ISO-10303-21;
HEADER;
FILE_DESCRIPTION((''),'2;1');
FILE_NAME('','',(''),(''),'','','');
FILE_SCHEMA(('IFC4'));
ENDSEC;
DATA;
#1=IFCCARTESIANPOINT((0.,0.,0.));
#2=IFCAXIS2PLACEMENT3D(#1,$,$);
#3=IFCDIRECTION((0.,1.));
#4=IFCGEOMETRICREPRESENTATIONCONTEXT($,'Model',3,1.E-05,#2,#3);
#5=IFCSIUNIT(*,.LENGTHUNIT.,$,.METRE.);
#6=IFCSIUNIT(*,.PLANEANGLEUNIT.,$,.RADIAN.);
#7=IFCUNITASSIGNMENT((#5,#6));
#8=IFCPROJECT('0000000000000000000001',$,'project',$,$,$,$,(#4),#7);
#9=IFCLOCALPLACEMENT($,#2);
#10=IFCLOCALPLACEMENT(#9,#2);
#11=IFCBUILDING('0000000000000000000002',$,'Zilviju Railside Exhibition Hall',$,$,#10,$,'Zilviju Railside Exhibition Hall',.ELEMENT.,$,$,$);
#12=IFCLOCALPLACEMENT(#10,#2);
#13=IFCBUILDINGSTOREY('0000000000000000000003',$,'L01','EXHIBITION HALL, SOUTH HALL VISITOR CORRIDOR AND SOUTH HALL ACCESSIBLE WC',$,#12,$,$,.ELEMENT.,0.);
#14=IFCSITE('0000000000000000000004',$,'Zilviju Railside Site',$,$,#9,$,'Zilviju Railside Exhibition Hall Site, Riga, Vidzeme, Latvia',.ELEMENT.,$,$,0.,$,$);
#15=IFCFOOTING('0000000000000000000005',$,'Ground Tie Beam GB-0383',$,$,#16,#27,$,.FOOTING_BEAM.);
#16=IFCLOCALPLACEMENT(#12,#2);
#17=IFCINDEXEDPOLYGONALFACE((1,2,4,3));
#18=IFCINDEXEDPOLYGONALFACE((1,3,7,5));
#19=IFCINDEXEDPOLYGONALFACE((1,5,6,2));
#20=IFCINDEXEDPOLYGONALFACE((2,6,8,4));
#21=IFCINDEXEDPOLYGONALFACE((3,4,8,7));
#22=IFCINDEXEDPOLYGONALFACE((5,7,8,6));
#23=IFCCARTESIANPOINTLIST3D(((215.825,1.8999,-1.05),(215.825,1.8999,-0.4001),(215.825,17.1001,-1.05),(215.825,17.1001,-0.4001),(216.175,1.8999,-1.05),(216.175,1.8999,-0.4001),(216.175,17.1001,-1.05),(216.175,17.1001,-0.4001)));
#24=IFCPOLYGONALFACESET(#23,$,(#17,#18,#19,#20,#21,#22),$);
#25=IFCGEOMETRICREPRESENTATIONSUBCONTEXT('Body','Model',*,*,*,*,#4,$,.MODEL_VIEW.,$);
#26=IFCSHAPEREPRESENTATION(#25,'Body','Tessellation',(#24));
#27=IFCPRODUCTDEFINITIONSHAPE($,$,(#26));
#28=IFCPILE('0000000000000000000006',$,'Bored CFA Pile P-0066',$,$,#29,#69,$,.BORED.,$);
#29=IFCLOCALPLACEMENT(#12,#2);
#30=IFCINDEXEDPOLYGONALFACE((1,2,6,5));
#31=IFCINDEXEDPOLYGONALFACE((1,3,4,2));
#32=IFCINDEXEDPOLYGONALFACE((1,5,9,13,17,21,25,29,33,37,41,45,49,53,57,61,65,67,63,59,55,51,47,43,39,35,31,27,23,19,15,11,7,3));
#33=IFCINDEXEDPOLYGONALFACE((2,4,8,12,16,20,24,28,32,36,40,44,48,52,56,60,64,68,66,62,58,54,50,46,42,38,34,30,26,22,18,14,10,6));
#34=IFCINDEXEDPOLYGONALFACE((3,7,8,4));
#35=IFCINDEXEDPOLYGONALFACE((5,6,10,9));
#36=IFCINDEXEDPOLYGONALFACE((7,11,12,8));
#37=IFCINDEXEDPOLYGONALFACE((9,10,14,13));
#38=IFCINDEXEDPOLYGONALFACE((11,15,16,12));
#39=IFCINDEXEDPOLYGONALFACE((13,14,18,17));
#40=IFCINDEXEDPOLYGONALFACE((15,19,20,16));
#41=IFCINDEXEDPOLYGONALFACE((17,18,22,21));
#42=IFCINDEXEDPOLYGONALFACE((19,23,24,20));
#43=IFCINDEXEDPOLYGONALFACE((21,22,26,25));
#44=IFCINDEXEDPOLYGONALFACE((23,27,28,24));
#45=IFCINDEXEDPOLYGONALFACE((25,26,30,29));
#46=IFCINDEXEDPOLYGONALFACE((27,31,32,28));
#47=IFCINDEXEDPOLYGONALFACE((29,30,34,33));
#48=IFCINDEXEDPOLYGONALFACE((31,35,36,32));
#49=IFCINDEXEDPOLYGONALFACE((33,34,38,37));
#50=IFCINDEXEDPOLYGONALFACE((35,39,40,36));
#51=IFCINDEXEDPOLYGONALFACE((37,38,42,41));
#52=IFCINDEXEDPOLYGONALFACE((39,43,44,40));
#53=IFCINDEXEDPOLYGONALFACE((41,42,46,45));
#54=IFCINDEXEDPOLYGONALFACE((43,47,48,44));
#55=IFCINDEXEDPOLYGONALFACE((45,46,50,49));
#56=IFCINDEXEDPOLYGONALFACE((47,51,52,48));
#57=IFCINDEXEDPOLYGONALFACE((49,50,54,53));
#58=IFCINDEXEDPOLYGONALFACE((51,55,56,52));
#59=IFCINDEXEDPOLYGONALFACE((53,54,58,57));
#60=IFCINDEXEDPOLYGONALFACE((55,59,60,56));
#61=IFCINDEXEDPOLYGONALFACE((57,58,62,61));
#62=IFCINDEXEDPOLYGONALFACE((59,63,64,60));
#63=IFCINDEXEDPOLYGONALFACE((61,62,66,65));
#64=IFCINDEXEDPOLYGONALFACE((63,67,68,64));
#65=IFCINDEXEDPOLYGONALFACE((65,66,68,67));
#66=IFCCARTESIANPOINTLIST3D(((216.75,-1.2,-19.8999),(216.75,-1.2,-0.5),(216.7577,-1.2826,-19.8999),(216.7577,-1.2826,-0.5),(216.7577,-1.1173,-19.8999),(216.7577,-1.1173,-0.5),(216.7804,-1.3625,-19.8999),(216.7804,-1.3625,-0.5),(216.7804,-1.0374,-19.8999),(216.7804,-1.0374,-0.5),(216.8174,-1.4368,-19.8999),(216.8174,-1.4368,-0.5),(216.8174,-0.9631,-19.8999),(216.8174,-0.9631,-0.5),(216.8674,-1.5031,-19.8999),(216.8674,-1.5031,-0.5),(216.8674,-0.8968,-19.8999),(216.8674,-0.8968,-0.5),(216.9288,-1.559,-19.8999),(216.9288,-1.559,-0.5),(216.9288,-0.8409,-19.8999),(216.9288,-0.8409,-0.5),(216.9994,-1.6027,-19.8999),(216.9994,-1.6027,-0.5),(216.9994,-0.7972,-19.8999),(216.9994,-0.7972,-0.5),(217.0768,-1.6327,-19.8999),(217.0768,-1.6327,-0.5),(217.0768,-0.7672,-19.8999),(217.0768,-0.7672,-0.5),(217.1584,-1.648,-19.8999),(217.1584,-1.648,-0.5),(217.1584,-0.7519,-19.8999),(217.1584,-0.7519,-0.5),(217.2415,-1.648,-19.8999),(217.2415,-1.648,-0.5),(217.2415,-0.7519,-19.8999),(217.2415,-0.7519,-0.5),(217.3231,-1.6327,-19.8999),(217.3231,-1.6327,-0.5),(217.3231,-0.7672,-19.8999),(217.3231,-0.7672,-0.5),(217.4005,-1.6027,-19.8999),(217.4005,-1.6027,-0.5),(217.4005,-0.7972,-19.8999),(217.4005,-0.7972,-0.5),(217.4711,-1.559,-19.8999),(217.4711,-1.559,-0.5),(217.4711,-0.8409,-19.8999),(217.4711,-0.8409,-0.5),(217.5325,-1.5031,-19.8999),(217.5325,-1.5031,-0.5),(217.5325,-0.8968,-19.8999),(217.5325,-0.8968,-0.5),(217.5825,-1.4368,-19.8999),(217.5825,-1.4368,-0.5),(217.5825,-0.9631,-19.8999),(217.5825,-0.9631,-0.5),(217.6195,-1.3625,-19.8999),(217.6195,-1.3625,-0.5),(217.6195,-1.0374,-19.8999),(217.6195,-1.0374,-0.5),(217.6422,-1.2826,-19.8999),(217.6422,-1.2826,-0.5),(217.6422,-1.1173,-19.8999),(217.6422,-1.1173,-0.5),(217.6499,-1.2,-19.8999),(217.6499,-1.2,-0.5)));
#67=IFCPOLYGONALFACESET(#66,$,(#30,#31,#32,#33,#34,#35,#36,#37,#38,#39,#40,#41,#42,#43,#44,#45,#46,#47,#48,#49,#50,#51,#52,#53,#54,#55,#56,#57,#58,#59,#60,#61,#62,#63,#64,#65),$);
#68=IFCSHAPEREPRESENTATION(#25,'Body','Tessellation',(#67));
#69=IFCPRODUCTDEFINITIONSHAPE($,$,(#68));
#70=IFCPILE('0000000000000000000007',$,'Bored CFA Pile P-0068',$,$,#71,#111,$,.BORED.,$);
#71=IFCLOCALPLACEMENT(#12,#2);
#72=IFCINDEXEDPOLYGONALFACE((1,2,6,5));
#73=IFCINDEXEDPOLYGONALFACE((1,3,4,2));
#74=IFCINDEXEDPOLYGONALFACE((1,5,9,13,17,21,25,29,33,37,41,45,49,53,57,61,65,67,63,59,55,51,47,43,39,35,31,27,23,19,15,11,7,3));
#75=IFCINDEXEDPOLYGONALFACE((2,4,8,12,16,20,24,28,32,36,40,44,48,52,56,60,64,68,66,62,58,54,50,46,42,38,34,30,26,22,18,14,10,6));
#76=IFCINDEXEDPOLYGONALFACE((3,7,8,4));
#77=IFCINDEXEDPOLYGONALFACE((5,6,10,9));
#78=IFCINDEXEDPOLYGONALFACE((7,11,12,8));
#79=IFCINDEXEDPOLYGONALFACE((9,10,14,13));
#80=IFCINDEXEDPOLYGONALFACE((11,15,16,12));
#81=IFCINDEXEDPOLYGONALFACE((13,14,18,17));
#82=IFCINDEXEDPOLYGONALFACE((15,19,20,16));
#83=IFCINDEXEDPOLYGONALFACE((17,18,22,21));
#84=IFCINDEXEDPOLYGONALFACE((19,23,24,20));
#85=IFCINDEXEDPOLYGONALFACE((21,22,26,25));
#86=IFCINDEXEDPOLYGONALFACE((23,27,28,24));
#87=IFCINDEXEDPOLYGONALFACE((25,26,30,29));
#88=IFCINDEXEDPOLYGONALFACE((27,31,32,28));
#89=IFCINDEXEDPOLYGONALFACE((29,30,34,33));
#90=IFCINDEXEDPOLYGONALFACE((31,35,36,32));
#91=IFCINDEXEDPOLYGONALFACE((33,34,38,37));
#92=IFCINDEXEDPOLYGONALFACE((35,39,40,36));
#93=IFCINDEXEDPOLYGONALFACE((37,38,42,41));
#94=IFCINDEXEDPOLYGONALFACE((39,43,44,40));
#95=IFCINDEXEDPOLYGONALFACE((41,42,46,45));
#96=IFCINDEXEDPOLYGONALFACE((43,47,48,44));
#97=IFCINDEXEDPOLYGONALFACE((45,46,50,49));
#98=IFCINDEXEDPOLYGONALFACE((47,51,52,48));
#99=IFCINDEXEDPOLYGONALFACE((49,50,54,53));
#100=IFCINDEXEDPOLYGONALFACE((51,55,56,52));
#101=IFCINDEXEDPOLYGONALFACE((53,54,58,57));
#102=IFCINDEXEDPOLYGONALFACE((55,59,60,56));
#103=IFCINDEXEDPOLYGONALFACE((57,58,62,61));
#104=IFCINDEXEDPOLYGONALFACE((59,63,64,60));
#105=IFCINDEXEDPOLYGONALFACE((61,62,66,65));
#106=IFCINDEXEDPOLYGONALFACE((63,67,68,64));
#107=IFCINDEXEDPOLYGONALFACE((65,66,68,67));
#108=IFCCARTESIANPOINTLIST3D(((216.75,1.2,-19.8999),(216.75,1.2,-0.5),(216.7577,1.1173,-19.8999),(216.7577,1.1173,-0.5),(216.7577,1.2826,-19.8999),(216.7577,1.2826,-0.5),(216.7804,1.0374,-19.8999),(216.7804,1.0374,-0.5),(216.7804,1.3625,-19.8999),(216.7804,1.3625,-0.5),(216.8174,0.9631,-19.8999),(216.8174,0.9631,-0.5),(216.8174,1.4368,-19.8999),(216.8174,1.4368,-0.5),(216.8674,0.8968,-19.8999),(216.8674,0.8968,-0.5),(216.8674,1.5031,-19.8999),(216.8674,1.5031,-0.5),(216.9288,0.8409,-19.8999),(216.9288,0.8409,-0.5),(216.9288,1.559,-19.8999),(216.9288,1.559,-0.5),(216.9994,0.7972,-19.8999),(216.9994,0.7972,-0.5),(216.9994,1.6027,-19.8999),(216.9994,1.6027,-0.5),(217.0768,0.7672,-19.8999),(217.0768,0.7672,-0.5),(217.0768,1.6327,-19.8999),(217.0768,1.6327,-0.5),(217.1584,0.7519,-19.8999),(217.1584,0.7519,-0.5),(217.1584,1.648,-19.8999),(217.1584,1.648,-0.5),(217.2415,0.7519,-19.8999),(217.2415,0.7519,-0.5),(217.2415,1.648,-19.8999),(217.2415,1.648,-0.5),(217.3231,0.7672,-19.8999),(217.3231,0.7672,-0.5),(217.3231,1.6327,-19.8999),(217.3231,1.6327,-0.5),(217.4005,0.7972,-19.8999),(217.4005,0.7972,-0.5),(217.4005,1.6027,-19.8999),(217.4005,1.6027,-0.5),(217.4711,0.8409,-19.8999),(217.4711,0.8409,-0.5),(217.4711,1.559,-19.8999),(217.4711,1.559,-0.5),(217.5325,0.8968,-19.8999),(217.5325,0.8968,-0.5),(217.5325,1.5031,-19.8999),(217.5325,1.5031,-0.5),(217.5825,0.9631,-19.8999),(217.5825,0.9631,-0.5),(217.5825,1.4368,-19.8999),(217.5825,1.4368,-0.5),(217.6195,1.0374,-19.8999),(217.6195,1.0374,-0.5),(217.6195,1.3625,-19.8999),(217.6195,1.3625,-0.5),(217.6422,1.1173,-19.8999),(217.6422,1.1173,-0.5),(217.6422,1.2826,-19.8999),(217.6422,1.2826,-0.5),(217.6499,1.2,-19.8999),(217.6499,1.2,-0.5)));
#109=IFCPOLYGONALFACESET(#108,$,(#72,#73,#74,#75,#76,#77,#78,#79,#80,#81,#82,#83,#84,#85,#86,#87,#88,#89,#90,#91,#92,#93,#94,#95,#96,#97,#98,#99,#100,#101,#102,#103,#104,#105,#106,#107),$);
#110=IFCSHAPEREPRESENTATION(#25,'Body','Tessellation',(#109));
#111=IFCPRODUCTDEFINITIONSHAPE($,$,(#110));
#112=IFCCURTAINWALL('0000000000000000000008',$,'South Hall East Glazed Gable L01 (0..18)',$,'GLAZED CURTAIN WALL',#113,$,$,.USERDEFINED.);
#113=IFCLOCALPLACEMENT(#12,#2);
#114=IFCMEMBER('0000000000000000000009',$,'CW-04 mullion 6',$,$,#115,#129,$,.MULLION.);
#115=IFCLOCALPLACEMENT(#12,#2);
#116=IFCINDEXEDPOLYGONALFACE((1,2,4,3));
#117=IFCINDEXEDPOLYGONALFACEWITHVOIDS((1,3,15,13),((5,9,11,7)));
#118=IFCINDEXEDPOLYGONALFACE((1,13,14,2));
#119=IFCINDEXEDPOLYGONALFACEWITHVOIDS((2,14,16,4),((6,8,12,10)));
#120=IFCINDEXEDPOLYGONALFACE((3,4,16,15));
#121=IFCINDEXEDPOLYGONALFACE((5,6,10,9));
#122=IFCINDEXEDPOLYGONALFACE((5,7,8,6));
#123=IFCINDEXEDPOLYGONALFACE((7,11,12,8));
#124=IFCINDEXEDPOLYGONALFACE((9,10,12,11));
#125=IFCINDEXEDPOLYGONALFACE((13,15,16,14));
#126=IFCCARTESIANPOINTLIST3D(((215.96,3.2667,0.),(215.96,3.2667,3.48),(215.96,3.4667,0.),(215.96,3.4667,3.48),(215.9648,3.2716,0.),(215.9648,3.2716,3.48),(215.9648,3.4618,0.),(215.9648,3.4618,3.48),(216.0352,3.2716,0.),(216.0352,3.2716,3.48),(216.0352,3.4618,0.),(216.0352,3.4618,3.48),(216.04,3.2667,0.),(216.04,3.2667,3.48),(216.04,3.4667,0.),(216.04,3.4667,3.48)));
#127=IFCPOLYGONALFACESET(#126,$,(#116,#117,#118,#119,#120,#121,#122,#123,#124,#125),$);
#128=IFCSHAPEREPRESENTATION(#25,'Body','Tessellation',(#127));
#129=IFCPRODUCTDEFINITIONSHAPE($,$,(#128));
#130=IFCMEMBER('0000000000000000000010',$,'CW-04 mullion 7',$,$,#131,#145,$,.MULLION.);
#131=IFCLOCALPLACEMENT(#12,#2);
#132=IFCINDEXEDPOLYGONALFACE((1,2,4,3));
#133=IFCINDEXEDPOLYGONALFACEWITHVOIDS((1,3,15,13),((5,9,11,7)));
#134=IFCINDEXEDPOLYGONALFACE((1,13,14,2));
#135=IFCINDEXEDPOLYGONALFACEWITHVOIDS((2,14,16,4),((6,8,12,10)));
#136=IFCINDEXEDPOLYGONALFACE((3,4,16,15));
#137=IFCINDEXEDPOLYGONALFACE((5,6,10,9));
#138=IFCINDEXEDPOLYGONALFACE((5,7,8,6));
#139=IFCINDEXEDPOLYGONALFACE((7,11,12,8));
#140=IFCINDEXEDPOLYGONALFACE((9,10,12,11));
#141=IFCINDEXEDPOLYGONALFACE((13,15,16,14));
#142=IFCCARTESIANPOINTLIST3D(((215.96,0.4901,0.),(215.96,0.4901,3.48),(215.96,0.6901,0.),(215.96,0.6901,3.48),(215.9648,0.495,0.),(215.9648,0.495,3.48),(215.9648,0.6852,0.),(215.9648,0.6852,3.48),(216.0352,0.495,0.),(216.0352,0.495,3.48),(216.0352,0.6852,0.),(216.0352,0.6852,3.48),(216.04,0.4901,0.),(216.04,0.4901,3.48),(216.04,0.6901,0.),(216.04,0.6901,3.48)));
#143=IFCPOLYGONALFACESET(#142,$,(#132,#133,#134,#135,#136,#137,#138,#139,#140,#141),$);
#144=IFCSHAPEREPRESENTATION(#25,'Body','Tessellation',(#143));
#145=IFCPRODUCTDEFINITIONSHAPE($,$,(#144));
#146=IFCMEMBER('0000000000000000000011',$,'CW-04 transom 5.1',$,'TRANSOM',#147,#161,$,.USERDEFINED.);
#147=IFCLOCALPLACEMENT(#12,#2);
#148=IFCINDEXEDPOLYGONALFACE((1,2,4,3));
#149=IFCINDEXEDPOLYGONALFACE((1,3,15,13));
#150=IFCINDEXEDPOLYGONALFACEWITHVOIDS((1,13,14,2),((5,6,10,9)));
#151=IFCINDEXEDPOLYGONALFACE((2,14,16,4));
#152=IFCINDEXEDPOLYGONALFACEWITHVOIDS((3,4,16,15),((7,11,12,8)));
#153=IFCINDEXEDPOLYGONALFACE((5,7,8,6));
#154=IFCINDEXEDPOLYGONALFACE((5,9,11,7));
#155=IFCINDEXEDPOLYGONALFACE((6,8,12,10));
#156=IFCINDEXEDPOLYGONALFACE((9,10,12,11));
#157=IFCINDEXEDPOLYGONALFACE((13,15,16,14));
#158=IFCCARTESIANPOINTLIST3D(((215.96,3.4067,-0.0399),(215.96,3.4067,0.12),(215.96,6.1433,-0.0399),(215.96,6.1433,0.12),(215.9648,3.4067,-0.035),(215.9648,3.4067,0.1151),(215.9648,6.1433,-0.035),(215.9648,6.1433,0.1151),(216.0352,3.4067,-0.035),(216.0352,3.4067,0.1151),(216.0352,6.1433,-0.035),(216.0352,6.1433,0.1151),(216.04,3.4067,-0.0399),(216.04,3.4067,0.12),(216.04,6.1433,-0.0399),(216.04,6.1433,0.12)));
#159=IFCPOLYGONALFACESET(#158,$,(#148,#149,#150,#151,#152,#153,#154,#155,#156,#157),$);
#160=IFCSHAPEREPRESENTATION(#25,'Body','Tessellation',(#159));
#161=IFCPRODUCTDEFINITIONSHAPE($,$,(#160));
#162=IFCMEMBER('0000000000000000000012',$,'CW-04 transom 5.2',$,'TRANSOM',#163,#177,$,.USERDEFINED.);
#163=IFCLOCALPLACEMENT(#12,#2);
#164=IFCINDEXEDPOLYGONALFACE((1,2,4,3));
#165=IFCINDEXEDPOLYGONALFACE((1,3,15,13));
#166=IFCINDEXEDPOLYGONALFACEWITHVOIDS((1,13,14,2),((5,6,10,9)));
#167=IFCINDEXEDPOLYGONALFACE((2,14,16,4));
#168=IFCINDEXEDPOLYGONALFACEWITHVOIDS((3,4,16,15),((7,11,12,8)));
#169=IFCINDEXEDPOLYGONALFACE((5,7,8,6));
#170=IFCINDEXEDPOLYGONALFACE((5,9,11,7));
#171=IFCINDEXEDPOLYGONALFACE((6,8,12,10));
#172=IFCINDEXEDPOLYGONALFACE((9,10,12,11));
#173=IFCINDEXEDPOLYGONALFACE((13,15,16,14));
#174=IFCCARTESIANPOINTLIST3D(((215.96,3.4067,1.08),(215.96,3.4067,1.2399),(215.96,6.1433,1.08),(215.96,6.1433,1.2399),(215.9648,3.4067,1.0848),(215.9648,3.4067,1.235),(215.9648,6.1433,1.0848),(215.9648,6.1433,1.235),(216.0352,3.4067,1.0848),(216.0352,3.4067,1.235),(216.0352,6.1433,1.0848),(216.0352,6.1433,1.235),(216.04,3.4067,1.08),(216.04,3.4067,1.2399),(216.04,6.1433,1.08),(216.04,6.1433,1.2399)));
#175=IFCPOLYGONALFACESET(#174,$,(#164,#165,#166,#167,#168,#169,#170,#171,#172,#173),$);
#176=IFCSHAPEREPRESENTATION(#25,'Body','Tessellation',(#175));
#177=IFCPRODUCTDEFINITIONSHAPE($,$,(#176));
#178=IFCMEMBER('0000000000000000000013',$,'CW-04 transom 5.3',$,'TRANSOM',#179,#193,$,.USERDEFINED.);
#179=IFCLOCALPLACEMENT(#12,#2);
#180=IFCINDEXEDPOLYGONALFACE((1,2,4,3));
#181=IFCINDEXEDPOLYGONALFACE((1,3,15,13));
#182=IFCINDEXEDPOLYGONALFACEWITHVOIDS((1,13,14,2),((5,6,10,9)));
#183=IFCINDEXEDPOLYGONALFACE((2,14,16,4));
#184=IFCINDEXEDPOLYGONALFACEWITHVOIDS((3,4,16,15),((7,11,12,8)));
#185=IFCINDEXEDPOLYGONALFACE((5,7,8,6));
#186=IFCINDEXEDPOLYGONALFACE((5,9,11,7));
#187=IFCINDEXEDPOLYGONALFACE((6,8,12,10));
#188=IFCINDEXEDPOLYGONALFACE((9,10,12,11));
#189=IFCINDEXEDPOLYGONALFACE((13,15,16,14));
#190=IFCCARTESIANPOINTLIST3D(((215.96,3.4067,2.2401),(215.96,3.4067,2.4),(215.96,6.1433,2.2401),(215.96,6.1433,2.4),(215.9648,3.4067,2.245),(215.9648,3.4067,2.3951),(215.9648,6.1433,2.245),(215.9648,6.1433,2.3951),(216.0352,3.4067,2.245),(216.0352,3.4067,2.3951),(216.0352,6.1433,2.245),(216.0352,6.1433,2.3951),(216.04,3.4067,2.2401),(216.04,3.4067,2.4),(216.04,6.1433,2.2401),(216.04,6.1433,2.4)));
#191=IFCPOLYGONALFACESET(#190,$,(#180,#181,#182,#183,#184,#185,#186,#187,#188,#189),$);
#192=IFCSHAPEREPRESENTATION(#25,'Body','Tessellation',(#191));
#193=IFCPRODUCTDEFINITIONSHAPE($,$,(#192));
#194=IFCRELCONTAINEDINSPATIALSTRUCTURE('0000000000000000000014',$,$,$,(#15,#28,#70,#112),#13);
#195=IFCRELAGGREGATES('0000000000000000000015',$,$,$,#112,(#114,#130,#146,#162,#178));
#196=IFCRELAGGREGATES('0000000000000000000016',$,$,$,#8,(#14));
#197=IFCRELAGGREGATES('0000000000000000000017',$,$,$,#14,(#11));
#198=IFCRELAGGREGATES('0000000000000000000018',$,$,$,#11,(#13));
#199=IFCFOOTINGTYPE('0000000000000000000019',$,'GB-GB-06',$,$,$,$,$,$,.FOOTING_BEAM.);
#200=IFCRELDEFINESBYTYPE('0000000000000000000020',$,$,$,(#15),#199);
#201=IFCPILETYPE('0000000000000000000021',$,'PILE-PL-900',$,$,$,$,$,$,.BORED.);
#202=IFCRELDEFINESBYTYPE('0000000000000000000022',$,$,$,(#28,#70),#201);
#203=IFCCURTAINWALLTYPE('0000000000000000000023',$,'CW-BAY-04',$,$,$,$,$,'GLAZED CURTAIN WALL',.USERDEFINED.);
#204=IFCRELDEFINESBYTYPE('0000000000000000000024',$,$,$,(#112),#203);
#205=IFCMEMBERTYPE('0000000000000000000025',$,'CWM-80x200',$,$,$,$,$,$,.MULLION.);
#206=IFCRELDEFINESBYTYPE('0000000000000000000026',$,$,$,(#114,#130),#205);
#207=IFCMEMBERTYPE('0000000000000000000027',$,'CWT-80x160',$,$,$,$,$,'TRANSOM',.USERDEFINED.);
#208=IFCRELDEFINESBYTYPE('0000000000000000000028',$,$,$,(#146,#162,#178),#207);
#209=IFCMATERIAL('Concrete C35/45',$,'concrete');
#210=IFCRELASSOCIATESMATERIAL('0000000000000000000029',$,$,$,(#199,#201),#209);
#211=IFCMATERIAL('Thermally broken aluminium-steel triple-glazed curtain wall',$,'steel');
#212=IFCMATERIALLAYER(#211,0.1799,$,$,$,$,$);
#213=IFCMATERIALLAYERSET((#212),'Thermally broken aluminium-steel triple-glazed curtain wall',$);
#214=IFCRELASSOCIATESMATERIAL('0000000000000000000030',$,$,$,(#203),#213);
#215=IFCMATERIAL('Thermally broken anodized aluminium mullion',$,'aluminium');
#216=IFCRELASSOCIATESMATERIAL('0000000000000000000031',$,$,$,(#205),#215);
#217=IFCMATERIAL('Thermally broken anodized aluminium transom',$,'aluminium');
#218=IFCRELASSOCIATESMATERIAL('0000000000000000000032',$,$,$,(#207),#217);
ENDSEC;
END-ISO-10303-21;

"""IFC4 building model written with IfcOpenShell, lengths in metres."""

from ifc_helpers import new_model, si_unit, direction, frame, origin, origin_2d, place, context, subcontext, project, spatial, rectangle, hollow_rectangle, circle, extrude, material, layer, layer_set, material_profile, profile_set, type_object, element, aggregate, save


model = new_model("IFC4")

# Units and contexts
model_context = context("Model", 3, precision=1e-05, world=origin(), true_north=direction((0.0, 1.0)))
body_context = subcontext(model_context, "Body", "Model", "MODEL_VIEW")
ifc_project = project(units=[si_unit("LENGTHUNIT", "METRE"), si_unit("PLANEANGLEUNIT", "RADIAN")], contexts=[model_context])

# Site, building, storey
site_placement = place(None, origin())
site = spatial("IfcSite", under=ifc_project, at=site_placement, Name="Zilviju Railside Site", LongName="Zilviju Railside Exhibition Hall Site, Riga, Vidzeme, Latvia", CompositionType="ELEMENT", RefElevation=0.0)
building_placement = place(site_placement, origin())
building = spatial("IfcBuilding", under=site, at=building_placement, Name="Zilviju Railside Exhibition Hall", LongName="Zilviju Railside Exhibition Hall", CompositionType="ELEMENT")
storey_placement = place(building_placement, origin())
storey = spatial("IfcBuildingStorey", under=building, at=storey_placement, Name="L01", Description="EXHIBITION HALL, SOUTH HALL VISITOR CORRIDOR AND SOUTH HALL ACCESSIBLE WC", CompositionType="ELEMENT", Elevation=0.0)

# Footing
ifc_material_1 = material(Name="Concrete C35/45", Category="concrete")
ifc_material_profile_1 = material_profile(ifc_material_1, rectangle(XDim=0.3501, YDim=0.6499, at=origin_2d()), Name="TIE BEAM 350x650")
ifc_profile_set_1 = profile_set([ifc_material_profile_1], Name="Concrete C35/45")
footing_type = type_object("IfcFootingType", Name="GB-GB-06", PredefinedType="FOOTING_BEAM", material=ifc_profile_set_1)
footing_placement = place(storey_placement, frame((216.0, 1.8999, -0.7251), z_axis=(0.0, 1.0, 0.0), x_axis=(-1.0, 0.0, 0.0)))
element("IfcFooting", 1, at=footing_placement, inside=storey, type_object=footing_type, Name="Ground Tie Beam GB-0383", PredefinedType="FOOTING_BEAM", context=body_context, shape_type="SweptSolid", body=[
    extrude(rectangle(XDim=0.3501, YDim=0.6499, at=origin_2d()), origin(), (0.0, 0.0, 1.0), 15.2002),
])

# Piles
ifc_material_profile_2 = material_profile(ifc_material_1, circle(Radius=0.45, at=origin_2d()), Name="CFA PILE D900")
ifc_profile_set_2 = profile_set([ifc_material_profile_2], Name="Concrete C35/45")
pile_type = type_object("IfcPileType", Name="PILE-PL-900", PredefinedType="BORED", material=ifc_profile_set_2)
for number, where, z_axis, x_axis, name in (
    (2, (217.2, -1.2, -0.5), (0.0, 0.0, -1.0), (1.0, 0.0, 0.0), "Bored CFA Pile P-0066"),
    (3, (217.2, 1.2, -0.5), (0.0, 0.0, -1.0), (1.0, 0.0, 0.0), "Bored CFA Pile P-0068"),
):
    element("IfcPile", number, at=place(storey_placement, frame(where, z_axis=z_axis, x_axis=x_axis)), inside=storey, type_object=pile_type, Name=name, PredefinedType="BORED", context=body_context, shape_type="SweptSolid", body=[
        extrude(circle(Radius=0.45, at=origin_2d()), origin(), (0.0, 0.0, 1.0), 19.3999),
    ])

# Curtain wall, members
ifc_material_2 = material(Name="Thermally broken aluminium-steel triple-glazed curtain wall", Category="steel")
ifc_layer_1 = layer(ifc_material_2, 0.1799)
ifc_layer_set_1 = layer_set([ifc_layer_1], Name="Thermally broken aluminium-steel triple-glazed curtain wall")
curtain_wall_type = type_object("IfcCurtainWallType", Name="CW-BAY-04", ElementType="GLAZED CURTAIN WALL", PredefinedType="USERDEFINED", material=ifc_layer_set_1)
curtain_wall_placement = place(storey_placement, origin())
curtain_wall = element("IfcCurtainWall", 4, at=curtain_wall_placement, inside=storey, type_object=curtain_wall_type, Name="South Hall East Glazed Gable L01 (0..18)", ObjectType="GLAZED CURTAIN WALL", PredefinedType="USERDEFINED")
ifc_material_3 = material(Name="Thermally broken anodized aluminium mullion", Category="aluminium")
ifc_material_profile_3 = material_profile(ifc_material_3, hollow_rectangle(XDim=0.0801, YDim=0.2, WallThickness=0.0049, at=origin_2d()), Name="MULLION 200x80x5")
ifc_profile_set_3 = profile_set([ifc_material_profile_3], Name="Thermally broken anodized aluminium mullion")
member_type_1 = type_object("IfcMemberType", Name="CWM-80x200", PredefinedType="MULLION", material=ifc_profile_set_3)
member_1_placement = place(storey_placement, frame((216.0, 3.3667, 0.0), z_axis=(0.0, 0.0, 1.0), x_axis=(1.0, 0.0, 0.0)))
member_1 = element("IfcMember", 5, at=member_1_placement, type_object=member_type_1, Name="CW-04 mullion 6", PredefinedType="MULLION", context=body_context, shape_type="SweptSolid", body=[
    extrude(hollow_rectangle(XDim=0.0801, YDim=0.2, WallThickness=0.0049, at=origin_2d()), origin(), (0.0, 0.0, 1.0), 3.48),
])
member_2_placement = place(storey_placement, frame((216.0, 0.5901, 0.0), z_axis=(0.0, 0.0, 1.0), x_axis=(1.0, 0.0, 0.0)))
member_2 = element("IfcMember", 6, at=member_2_placement, type_object=member_type_1, Name="CW-04 mullion 7", PredefinedType="MULLION", context=body_context, shape_type="SweptSolid", body=[
    extrude(hollow_rectangle(XDim=0.0801, YDim=0.2, WallThickness=0.0049, at=origin_2d()), origin(), (0.0, 0.0, 1.0), 3.48),
])
ifc_material_4 = material(Name="Thermally broken anodized aluminium transom", Category="aluminium")
ifc_material_profile_4 = material_profile(ifc_material_4, hollow_rectangle(XDim=0.0801, YDim=0.1599, WallThickness=0.0049, at=origin_2d()), Name="TRANSOM 160x80x5")
ifc_profile_set_4 = profile_set([ifc_material_profile_4], Name="Thermally broken anodized aluminium transom")
member_type_2 = type_object("IfcMemberType", Name="CWT-80x160", ElementType="TRANSOM", PredefinedType="USERDEFINED", material=ifc_profile_set_4)
member_3_placement = place(storey_placement, frame((216.0, 6.1433, 0.04), z_axis=(0.0, -1.0, 0.0), x_axis=(1.0, 0.0, 0.0)))
member_3 = element("IfcMember", 7, at=member_3_placement, type_object=member_type_2, Name="CW-04 transom 5.1", ObjectType="TRANSOM", PredefinedType="USERDEFINED", context=body_context, shape_type="SweptSolid", body=[
    extrude(hollow_rectangle(XDim=0.0801, YDim=0.1599, WallThickness=0.0049, at=origin_2d()), origin(), (0.0, 0.0, 1.0), 2.7366),
])
member_4_placement = place(storey_placement, frame((216.0, 6.1433, 1.1599), z_axis=(0.0, -1.0, 0.0), x_axis=(1.0, 0.0, 0.0)))
member_4 = element("IfcMember", 8, at=member_4_placement, type_object=member_type_2, Name="CW-04 transom 5.2", ObjectType="TRANSOM", PredefinedType="USERDEFINED", context=body_context, shape_type="SweptSolid", body=[
    extrude(hollow_rectangle(XDim=0.0801, YDim=0.1599, WallThickness=0.0049, at=origin_2d()), origin(), (0.0, 0.0, 1.0), 2.7366),
])
member_5_placement = place(storey_placement, frame((216.0, 6.1433, 2.3201), z_axis=(0.0, -1.0, 0.0), x_axis=(1.0, 0.0, 0.0)))
member_5 = element("IfcMember", 9, at=member_5_placement, type_object=member_type_2, Name="CW-04 transom 5.3", ObjectType="TRANSOM", PredefinedType="USERDEFINED", context=body_context, shape_type="SweptSolid", body=[
    extrude(hollow_rectangle(XDim=0.0801, YDim=0.1599, WallThickness=0.0049, at=origin_2d()), origin(), (0.0, 0.0, 1.0), 2.7366),
])
aggregate(curtain_wall, [member_1, member_2, member_3, member_4, member_5])

save(model, "model.ifc")
